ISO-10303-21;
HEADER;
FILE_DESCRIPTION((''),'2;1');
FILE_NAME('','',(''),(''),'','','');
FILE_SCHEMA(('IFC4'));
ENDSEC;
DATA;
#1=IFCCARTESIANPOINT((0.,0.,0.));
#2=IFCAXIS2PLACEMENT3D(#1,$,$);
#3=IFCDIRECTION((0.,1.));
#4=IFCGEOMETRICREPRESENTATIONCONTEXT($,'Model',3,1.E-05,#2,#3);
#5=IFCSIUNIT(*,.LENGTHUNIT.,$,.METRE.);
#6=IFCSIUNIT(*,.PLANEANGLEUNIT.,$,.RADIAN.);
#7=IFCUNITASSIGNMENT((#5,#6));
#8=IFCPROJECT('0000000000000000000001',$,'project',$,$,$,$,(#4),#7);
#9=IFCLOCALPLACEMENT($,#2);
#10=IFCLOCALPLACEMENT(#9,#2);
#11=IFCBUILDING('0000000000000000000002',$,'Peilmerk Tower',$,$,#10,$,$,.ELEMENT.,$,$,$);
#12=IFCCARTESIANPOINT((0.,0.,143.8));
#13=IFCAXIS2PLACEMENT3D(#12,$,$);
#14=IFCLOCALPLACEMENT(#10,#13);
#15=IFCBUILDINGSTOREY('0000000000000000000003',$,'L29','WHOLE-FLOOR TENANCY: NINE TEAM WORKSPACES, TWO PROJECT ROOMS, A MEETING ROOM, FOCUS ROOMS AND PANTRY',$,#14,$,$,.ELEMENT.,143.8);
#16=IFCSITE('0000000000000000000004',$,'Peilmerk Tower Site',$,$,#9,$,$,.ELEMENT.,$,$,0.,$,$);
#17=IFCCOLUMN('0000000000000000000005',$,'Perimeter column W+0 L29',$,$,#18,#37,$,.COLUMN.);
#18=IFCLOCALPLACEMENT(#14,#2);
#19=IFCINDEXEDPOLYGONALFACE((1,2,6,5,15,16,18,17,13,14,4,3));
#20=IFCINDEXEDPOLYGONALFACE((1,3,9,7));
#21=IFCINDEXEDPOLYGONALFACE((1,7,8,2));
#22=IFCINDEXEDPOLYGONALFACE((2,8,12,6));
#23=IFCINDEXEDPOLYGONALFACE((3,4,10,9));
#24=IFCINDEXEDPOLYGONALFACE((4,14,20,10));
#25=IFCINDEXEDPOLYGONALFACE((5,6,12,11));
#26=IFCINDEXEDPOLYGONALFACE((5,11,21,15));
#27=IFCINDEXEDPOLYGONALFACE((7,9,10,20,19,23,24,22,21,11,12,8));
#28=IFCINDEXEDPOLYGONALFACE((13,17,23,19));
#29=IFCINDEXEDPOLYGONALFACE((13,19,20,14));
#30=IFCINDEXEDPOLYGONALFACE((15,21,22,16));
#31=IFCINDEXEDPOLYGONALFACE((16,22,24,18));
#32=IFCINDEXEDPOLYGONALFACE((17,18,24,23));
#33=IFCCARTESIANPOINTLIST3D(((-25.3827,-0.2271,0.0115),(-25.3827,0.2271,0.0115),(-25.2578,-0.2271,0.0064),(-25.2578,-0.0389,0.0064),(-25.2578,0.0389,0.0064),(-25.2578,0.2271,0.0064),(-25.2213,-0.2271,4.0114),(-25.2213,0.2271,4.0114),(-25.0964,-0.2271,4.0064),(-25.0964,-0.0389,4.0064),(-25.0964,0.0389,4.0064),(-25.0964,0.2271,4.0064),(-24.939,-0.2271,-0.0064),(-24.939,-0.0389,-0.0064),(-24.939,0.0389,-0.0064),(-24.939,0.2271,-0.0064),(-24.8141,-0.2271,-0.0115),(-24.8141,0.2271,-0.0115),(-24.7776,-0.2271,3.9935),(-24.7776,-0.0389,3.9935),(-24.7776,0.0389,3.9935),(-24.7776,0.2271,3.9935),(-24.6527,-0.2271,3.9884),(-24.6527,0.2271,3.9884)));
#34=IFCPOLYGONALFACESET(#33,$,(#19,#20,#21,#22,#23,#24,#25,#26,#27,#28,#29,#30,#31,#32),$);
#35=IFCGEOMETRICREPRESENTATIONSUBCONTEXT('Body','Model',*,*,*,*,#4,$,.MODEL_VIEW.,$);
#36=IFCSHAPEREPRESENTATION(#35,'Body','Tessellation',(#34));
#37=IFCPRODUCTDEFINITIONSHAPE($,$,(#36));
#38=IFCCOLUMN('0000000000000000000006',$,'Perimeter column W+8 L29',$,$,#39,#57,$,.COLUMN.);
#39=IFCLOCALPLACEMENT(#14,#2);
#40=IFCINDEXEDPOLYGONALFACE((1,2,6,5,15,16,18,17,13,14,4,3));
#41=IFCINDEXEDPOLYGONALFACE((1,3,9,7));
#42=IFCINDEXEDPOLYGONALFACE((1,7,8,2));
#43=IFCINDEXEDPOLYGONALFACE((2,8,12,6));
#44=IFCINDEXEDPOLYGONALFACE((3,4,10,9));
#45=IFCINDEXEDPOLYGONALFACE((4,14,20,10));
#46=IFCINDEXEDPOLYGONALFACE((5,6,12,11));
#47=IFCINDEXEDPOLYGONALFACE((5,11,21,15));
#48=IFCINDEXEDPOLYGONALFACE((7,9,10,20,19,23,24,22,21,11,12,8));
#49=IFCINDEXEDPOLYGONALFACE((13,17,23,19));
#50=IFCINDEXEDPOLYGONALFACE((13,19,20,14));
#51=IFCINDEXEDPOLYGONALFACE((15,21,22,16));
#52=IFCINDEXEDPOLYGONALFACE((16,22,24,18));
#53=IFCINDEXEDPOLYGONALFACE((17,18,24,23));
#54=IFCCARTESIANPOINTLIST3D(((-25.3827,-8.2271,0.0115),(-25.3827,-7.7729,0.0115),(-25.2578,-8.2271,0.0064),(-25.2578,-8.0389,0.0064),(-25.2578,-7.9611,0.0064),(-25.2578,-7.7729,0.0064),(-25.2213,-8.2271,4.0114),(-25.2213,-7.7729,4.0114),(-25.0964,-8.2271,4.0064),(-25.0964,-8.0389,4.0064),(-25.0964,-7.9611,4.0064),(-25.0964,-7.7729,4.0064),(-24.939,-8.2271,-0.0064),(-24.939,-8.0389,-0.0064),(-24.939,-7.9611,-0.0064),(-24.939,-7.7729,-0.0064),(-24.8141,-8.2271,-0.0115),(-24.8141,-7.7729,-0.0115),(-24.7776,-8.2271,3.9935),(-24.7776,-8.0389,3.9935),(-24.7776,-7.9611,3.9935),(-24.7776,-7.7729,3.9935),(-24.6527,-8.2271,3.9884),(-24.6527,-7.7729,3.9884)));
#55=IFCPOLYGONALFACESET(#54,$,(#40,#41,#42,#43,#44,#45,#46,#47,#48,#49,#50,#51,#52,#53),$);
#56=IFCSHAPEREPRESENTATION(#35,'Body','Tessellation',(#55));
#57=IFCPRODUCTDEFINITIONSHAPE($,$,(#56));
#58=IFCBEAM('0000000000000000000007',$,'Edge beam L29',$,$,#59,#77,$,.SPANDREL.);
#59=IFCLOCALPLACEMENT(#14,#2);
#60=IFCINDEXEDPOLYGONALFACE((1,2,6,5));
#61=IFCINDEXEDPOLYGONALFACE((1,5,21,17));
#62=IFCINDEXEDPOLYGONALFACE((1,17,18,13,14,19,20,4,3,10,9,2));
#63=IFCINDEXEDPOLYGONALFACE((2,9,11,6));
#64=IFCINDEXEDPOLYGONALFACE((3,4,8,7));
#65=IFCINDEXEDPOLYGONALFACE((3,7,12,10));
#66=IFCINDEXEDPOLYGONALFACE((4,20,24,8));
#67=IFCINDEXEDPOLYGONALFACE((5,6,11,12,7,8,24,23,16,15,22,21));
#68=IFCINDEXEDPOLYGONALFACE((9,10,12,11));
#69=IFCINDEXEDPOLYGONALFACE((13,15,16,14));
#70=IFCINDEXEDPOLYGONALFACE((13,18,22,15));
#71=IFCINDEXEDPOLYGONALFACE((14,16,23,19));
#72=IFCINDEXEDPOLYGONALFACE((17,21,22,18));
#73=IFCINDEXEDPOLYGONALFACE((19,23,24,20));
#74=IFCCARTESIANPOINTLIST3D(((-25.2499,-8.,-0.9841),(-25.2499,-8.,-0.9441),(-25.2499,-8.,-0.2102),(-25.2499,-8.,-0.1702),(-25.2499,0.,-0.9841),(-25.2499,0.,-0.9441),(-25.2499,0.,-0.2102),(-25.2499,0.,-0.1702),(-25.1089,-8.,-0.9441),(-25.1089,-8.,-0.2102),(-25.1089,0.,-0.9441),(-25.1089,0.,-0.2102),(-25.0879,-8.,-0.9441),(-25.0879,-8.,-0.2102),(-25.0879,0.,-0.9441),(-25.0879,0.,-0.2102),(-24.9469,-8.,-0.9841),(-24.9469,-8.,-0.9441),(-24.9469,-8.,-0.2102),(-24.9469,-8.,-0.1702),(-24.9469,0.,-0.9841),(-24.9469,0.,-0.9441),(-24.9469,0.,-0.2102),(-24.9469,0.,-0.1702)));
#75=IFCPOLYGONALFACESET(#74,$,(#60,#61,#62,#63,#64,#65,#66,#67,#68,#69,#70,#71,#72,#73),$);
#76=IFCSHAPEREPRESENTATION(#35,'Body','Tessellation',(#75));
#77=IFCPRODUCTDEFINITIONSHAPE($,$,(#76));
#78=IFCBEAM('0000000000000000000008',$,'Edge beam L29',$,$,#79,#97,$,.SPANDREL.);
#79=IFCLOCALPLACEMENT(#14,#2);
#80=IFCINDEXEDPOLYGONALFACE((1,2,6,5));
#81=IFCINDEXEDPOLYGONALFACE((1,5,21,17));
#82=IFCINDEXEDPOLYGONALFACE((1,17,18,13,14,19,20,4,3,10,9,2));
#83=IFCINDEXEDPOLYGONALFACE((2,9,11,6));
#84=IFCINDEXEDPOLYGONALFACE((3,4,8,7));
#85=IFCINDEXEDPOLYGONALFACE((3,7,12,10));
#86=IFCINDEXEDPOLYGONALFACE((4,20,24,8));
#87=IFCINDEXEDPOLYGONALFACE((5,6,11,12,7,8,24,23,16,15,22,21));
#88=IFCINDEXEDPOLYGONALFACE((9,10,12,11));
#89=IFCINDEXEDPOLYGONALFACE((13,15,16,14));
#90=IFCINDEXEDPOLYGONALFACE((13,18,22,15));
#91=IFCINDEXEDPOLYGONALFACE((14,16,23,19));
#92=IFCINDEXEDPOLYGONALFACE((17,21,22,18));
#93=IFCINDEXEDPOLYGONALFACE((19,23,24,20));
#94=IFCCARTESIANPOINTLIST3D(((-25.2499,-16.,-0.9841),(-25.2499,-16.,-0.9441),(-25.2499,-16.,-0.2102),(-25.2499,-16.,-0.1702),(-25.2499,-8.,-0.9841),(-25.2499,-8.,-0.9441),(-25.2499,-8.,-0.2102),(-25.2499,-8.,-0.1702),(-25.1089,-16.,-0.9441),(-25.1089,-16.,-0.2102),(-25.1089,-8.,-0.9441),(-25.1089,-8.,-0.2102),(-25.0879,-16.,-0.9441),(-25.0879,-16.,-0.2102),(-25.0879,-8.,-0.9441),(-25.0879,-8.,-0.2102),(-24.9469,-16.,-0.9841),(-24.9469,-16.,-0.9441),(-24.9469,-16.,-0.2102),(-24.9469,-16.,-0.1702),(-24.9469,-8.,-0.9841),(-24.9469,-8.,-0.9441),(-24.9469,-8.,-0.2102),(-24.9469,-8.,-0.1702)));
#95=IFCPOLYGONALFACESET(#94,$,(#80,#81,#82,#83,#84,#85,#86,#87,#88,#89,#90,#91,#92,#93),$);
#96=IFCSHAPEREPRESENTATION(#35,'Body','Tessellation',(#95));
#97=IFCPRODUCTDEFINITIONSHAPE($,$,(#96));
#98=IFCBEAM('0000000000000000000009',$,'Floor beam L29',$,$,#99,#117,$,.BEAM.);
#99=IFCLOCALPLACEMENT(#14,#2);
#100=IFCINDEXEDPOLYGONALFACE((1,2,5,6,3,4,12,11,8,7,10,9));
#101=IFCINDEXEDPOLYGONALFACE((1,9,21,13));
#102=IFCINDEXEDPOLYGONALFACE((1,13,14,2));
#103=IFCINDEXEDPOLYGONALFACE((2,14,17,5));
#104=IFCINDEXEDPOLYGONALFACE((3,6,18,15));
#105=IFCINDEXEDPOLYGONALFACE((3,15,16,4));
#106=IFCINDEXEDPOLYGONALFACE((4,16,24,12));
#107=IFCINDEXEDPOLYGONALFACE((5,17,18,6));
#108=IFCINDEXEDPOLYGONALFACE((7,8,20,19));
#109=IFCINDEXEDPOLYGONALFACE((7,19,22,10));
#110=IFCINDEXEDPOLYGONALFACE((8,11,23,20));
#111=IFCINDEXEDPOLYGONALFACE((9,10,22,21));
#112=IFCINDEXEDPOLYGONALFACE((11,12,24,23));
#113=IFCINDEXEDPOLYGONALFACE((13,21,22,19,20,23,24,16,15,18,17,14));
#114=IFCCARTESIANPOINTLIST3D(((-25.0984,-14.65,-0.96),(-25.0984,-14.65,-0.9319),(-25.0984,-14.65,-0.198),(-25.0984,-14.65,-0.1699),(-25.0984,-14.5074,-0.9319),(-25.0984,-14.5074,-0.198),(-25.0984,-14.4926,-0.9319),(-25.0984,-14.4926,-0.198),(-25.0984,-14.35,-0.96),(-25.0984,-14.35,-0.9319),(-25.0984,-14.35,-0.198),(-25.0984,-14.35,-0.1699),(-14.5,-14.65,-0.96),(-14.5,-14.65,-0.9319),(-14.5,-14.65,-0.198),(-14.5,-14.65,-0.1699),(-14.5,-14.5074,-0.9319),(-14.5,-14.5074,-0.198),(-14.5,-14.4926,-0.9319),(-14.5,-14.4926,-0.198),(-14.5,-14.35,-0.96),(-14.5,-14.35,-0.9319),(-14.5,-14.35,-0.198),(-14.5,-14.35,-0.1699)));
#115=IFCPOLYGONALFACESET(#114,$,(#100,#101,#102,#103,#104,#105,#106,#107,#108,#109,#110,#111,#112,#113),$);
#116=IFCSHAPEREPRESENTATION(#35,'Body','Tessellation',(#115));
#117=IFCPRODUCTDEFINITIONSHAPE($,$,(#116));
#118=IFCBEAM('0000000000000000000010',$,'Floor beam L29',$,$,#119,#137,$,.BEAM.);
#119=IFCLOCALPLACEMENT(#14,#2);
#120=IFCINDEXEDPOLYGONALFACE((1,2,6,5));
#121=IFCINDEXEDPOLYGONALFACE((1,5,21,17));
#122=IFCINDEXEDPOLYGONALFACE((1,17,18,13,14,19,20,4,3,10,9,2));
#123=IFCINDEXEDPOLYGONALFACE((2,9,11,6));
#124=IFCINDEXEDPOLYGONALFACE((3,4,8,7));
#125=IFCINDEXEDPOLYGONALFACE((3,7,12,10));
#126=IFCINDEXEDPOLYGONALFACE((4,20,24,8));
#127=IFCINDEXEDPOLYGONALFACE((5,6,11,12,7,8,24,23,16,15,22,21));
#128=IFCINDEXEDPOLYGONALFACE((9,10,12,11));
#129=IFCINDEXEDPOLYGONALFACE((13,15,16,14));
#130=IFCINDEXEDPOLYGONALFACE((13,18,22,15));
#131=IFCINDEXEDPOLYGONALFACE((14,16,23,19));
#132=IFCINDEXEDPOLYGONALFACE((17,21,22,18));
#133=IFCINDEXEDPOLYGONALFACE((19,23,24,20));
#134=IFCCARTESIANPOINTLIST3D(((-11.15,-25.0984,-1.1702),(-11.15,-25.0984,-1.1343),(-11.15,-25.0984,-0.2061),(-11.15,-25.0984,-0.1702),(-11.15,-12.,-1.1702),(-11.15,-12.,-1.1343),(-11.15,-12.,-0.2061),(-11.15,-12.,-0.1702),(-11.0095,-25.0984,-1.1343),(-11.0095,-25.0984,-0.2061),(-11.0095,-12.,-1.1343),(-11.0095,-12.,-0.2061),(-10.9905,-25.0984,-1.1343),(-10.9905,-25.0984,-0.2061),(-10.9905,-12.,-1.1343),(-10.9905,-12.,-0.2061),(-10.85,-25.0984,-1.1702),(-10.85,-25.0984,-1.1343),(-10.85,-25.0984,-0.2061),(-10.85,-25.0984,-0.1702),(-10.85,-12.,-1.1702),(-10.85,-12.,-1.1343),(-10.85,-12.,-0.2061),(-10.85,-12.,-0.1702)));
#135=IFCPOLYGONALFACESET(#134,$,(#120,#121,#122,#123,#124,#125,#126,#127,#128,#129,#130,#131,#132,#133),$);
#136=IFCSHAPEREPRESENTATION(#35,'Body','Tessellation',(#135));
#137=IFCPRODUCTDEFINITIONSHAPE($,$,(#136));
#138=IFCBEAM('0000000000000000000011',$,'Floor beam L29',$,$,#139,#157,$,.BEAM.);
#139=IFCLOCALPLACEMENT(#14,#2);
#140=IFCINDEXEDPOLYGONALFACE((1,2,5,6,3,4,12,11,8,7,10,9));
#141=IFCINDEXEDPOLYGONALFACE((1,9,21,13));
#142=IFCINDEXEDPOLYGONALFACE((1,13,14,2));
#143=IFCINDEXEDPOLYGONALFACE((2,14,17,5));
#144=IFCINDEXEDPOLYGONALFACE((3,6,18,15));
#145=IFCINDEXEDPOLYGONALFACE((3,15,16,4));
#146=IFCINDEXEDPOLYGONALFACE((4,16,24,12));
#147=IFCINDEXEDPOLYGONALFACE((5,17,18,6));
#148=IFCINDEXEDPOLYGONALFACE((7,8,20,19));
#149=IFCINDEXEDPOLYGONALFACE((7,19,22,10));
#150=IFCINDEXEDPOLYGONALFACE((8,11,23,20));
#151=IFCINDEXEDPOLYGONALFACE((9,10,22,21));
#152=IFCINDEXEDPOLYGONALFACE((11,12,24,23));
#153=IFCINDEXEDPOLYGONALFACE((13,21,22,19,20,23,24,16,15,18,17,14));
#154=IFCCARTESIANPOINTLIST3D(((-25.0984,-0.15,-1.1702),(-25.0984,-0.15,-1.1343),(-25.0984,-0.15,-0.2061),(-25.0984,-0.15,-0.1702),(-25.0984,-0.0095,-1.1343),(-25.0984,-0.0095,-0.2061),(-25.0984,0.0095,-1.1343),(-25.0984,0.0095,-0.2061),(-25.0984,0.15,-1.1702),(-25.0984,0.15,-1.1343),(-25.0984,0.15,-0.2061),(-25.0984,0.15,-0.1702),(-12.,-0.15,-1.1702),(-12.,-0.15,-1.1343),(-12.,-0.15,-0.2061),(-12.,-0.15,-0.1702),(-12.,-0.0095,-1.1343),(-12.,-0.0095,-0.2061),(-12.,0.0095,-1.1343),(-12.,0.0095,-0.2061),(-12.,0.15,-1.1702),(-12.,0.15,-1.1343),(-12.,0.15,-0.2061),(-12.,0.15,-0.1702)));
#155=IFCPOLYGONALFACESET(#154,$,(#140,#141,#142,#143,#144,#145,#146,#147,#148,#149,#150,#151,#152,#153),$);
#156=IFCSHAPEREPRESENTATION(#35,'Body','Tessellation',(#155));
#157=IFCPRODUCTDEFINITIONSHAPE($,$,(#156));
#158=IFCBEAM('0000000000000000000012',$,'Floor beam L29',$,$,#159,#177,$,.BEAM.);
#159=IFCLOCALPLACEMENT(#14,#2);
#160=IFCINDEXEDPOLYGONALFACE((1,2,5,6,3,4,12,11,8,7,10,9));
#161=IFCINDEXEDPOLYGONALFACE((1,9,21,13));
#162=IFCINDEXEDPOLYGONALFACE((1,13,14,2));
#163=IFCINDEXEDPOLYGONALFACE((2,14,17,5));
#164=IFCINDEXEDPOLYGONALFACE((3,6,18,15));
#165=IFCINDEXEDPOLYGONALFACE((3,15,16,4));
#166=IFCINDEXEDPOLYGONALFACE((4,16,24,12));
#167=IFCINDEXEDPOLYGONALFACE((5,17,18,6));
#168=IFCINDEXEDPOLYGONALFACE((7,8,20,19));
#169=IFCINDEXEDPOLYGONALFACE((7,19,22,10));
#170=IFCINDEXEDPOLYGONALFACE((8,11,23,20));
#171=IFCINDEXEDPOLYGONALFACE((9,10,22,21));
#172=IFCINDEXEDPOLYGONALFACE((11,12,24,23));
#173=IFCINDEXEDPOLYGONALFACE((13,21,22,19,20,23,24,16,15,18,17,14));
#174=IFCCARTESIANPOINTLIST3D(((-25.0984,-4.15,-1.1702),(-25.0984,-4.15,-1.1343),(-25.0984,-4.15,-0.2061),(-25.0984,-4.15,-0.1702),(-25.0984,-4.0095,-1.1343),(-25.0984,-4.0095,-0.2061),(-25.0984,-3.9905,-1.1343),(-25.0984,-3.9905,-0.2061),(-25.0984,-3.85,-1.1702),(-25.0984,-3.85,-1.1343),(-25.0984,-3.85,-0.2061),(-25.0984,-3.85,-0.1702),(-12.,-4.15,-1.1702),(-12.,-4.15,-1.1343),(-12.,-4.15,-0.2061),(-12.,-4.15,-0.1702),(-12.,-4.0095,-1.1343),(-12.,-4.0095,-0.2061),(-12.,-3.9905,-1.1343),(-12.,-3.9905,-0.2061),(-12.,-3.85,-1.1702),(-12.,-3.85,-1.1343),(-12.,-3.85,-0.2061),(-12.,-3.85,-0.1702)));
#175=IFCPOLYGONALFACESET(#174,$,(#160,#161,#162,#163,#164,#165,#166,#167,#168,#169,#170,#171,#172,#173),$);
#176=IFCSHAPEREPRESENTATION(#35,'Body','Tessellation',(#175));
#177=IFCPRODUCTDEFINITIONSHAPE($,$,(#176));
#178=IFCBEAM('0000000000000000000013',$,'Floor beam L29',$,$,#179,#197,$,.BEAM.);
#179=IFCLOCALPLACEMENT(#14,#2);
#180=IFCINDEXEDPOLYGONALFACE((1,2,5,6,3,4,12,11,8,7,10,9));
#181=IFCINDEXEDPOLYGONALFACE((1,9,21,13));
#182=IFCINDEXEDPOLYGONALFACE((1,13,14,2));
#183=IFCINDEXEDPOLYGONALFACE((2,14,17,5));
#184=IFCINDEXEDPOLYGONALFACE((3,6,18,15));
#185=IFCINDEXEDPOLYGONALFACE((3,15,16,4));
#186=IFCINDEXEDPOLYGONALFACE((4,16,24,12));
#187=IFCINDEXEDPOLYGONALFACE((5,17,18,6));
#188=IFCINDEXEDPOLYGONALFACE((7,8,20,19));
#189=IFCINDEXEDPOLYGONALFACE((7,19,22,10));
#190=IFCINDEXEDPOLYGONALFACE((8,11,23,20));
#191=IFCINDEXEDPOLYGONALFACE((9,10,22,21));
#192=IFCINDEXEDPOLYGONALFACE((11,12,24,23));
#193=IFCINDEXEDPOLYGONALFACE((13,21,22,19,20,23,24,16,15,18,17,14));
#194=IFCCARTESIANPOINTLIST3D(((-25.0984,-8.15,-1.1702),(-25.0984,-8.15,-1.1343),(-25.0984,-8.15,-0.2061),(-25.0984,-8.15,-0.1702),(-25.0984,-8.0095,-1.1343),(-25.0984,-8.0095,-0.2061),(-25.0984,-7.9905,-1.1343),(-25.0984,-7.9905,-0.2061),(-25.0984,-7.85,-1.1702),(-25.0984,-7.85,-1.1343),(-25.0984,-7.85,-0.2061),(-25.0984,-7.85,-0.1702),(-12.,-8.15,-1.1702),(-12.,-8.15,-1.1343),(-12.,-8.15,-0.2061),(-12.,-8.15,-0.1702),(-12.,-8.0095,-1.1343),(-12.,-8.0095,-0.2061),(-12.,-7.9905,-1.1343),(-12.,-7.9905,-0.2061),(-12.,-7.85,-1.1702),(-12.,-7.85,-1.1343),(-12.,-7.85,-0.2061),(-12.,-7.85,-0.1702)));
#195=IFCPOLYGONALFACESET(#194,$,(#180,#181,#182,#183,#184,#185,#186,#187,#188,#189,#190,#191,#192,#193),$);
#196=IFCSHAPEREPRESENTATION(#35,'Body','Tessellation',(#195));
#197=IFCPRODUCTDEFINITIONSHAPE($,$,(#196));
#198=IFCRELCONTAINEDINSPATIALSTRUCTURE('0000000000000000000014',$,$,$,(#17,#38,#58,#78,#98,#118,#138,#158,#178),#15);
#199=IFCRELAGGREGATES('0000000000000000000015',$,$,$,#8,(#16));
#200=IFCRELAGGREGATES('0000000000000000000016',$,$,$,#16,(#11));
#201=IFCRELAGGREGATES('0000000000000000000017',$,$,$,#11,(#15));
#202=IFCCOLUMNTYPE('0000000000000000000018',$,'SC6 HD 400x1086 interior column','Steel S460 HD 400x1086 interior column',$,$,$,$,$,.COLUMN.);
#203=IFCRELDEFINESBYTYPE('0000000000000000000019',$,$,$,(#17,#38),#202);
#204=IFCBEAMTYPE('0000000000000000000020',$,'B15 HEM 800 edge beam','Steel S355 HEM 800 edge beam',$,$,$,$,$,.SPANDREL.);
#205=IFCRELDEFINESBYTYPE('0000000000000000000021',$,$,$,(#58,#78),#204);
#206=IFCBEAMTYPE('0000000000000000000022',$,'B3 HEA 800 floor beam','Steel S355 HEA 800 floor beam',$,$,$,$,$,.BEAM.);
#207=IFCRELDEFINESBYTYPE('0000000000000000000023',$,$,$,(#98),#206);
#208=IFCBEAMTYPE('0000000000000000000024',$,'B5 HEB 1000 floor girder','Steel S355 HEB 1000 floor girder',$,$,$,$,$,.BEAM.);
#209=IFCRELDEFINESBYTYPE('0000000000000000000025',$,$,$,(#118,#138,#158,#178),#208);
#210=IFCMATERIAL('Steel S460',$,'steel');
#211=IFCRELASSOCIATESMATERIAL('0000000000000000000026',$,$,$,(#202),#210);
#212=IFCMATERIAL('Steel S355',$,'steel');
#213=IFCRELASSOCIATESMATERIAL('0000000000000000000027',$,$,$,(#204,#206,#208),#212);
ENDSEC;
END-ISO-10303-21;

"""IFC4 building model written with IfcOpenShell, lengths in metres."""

from ifc_helpers import new_model, si_unit, direction, frame, origin, origin_2d, place, context, subcontext, project, spatial, i_section, extrude, material, material_profile, profile_set, type_object, element, save


model = new_model("IFC4")

# Units and contexts
model_context = context("Model", 3, precision=1e-05, world=origin(), true_north=direction((0.0, 1.0)))
body_context = subcontext(model_context, "Body", "Model", "MODEL_VIEW")
ifc_project = project(units=[si_unit("LENGTHUNIT", "METRE"), si_unit("PLANEANGLEUNIT", "RADIAN")], contexts=[model_context])

# Site, building, storey
site_placement = place(None, origin())
site = spatial("IfcSite", under=ifc_project, at=site_placement, Name="Peilmerk Tower Site", CompositionType="ELEMENT", RefElevation=0.0)
building_placement = place(site_placement, origin())
building = spatial("IfcBuilding", under=site, at=building_placement, Name="Peilmerk Tower", CompositionType="ELEMENT")
storey_placement = place(building_placement, frame((0.0, 0.0, 143.8)))
storey = spatial("IfcBuildingStorey", under=building, at=storey_placement, Name="L29", Description="WHOLE-FLOOR TENANCY: NINE TEAM WORKSPACES, TWO PROJECT ROOMS, A MEETING ROOM, FOCUS ROOMS AND PANTRY", CompositionType="ELEMENT", Elevation=143.8)

# Columns
ifc_material_1 = material(Name="Steel S460", Category="steel")
ifc_material_profile_1 = material_profile(ifc_material_1, i_section(OverallWidth=0.4541, OverallDepth=0.5691, WebThickness=0.0779, FlangeThickness=0.125, at=origin_2d()), Name="HD 400x1086")
ifc_profile_set_1 = profile_set([ifc_material_profile_1], Name="Steel S460")
column_type = type_object("IfcColumnType", Name="SC6 HD 400x1086 interior column", Description="Steel S460 HD 400x1086 interior column", PredefinedType="COLUMN", material=ifc_profile_set_1)
for number, where, z_axis, x_axis, name in (
    (1, (-25.0984, 0.0, 0.0), (0.040311, 0.0, 0.999187), (0.0, 1.0, 0.0), "Perimeter column W+0 L29"),
    (2, (-25.0984, -8.0, 0.0), (0.040311, 0.0, 0.999187), (0.0, 1.0, 0.0), "Perimeter column W+8 L29"),
):
    element("IfcColumn", number, at=place(storey_placement, frame(where, z_axis=z_axis, x_axis=x_axis)), inside=storey, type_object=column_type, Name=name, PredefinedType="COLUMN", context=body_context, shape_type="SweptSolid", body=[
        extrude(i_section(OverallWidth=0.4541, OverallDepth=0.5691, WebThickness=0.0779, FlangeThickness=0.125, at=origin_2d()), origin(), (0.0, 0.0, 1.0), 4.0032),
    ])

# Beams
ifc_material_2 = material(Name="Steel S355", Category="steel")
ifc_material_profile_2 = material_profile(ifc_material_2, i_section(OverallWidth=0.303, OverallDepth=0.814, WebThickness=0.021, FlangeThickness=0.04, at=origin_2d()), Name="HEM 800")
ifc_profile_set_2 = profile_set([ifc_material_profile_2], Name="Steel S355")
beam_type_1 = type_object("IfcBeamType", Name="B15 HEM 800 edge beam", Description="Steel S355 HEM 800 edge beam", PredefinedType="SPANDREL", material=ifc_profile_set_2)
for number, where, z_axis, x_axis, name in (
    (3, (-25.0984, 0.0, -0.5771), (0.0, -1.0, 0.0), (1.0, 0.0, 0.0), "Edge beam L29"),
    (4, (-25.0984, -8.0, -0.5771), (0.0, -1.0, 0.0), (1.0, 0.0, 0.0), "Edge beam L29"),
):
    element("IfcBeam", number, at=place(storey_placement, frame(where, z_axis=z_axis, x_axis=x_axis)), inside=storey, type_object=beam_type_1, Name=name, PredefinedType="SPANDREL", context=body_context, shape_type="SweptSolid", body=[
        extrude(i_section(OverallWidth=0.303, OverallDepth=0.814, WebThickness=0.021, FlangeThickness=0.04, at=origin_2d()), origin(), (0.0, 0.0, 1.0), 8.0),
    ])
ifc_material_profile_3 = material_profile(ifc_material_2, i_section(OverallWidth=0.3, OverallDepth=0.79, WebThickness=0.0149, FlangeThickness=0.0281, at=origin_2d()), Name="HEA 800")
ifc_profile_set_3 = profile_set([ifc_material_profile_3], Name="Steel S355")
beam_type_2 = type_object("IfcBeamType", Name="B3 HEA 800 floor beam", Description="Steel S355 HEA 800 floor beam", PredefinedType="BEAM", material=ifc_profile_set_3)
beam_1_placement = place(storey_placement, frame((-14.5, -14.5, -0.5649), z_axis=(-1.0, 0.0, 0.0), x_axis=(0.0, -1.0, 0.0)))
element("IfcBeam", 5, at=beam_1_placement, inside=storey, type_object=beam_type_2, Name="Floor beam L29", PredefinedType="BEAM", context=body_context, shape_type="SweptSolid", body=[
    extrude(i_section(OverallWidth=0.3, OverallDepth=0.79, WebThickness=0.0149, FlangeThickness=0.0281, at=origin_2d()), origin(), (0.0, 0.0, 1.0), 10.5984),
])
ifc_material_profile_4 = material_profile(ifc_material_2, i_section(OverallWidth=0.3, OverallDepth=1.0, WebThickness=0.019, FlangeThickness=0.0359, at=origin_2d()), Name="HEB 1000")
ifc_profile_set_4 = profile_set([ifc_material_profile_4], Name="Steel S355")
beam_type_3 = type_object("IfcBeamType", Name="B5 HEB 1000 floor girder", Description="Steel S355 HEB 1000 floor girder", PredefinedType="BEAM", material=ifc_profile_set_4)
for number, where, z_axis, x_axis, name in (
    (6, (-11.0, -12.0, -0.6702), (0.0, -1.0, 0.0), (1.0, 0.0, 0.0), "Floor beam L29"),
    (7, (-12.0, 0.0, -0.6702), (-1.0, 0.0, 0.0), (0.0, -1.0, 0.0), "Floor beam L29"),
    (8, (-12.0, -4.0, -0.6702), (-1.0, 0.0, 0.0), (0.0, -1.0, 0.0), "Floor beam L29"),
    (9, (-12.0, -8.0, -0.6702), (-1.0, 0.0, 0.0), (0.0, -1.0, 0.0), "Floor beam L29"),
):
    element("IfcBeam", number, at=place(storey_placement, frame(where, z_axis=z_axis, x_axis=x_axis)), inside=storey, type_object=beam_type_3, Name=name, PredefinedType="BEAM", context=body_context, shape_type="SweptSolid", body=[
        extrude(i_section(OverallWidth=0.3, OverallDepth=1.0, WebThickness=0.019, FlangeThickness=0.0359, at=origin_2d()), origin(), (0.0, 0.0, 1.0), 13.0984),
    ])

save(model, "model.ifc")
